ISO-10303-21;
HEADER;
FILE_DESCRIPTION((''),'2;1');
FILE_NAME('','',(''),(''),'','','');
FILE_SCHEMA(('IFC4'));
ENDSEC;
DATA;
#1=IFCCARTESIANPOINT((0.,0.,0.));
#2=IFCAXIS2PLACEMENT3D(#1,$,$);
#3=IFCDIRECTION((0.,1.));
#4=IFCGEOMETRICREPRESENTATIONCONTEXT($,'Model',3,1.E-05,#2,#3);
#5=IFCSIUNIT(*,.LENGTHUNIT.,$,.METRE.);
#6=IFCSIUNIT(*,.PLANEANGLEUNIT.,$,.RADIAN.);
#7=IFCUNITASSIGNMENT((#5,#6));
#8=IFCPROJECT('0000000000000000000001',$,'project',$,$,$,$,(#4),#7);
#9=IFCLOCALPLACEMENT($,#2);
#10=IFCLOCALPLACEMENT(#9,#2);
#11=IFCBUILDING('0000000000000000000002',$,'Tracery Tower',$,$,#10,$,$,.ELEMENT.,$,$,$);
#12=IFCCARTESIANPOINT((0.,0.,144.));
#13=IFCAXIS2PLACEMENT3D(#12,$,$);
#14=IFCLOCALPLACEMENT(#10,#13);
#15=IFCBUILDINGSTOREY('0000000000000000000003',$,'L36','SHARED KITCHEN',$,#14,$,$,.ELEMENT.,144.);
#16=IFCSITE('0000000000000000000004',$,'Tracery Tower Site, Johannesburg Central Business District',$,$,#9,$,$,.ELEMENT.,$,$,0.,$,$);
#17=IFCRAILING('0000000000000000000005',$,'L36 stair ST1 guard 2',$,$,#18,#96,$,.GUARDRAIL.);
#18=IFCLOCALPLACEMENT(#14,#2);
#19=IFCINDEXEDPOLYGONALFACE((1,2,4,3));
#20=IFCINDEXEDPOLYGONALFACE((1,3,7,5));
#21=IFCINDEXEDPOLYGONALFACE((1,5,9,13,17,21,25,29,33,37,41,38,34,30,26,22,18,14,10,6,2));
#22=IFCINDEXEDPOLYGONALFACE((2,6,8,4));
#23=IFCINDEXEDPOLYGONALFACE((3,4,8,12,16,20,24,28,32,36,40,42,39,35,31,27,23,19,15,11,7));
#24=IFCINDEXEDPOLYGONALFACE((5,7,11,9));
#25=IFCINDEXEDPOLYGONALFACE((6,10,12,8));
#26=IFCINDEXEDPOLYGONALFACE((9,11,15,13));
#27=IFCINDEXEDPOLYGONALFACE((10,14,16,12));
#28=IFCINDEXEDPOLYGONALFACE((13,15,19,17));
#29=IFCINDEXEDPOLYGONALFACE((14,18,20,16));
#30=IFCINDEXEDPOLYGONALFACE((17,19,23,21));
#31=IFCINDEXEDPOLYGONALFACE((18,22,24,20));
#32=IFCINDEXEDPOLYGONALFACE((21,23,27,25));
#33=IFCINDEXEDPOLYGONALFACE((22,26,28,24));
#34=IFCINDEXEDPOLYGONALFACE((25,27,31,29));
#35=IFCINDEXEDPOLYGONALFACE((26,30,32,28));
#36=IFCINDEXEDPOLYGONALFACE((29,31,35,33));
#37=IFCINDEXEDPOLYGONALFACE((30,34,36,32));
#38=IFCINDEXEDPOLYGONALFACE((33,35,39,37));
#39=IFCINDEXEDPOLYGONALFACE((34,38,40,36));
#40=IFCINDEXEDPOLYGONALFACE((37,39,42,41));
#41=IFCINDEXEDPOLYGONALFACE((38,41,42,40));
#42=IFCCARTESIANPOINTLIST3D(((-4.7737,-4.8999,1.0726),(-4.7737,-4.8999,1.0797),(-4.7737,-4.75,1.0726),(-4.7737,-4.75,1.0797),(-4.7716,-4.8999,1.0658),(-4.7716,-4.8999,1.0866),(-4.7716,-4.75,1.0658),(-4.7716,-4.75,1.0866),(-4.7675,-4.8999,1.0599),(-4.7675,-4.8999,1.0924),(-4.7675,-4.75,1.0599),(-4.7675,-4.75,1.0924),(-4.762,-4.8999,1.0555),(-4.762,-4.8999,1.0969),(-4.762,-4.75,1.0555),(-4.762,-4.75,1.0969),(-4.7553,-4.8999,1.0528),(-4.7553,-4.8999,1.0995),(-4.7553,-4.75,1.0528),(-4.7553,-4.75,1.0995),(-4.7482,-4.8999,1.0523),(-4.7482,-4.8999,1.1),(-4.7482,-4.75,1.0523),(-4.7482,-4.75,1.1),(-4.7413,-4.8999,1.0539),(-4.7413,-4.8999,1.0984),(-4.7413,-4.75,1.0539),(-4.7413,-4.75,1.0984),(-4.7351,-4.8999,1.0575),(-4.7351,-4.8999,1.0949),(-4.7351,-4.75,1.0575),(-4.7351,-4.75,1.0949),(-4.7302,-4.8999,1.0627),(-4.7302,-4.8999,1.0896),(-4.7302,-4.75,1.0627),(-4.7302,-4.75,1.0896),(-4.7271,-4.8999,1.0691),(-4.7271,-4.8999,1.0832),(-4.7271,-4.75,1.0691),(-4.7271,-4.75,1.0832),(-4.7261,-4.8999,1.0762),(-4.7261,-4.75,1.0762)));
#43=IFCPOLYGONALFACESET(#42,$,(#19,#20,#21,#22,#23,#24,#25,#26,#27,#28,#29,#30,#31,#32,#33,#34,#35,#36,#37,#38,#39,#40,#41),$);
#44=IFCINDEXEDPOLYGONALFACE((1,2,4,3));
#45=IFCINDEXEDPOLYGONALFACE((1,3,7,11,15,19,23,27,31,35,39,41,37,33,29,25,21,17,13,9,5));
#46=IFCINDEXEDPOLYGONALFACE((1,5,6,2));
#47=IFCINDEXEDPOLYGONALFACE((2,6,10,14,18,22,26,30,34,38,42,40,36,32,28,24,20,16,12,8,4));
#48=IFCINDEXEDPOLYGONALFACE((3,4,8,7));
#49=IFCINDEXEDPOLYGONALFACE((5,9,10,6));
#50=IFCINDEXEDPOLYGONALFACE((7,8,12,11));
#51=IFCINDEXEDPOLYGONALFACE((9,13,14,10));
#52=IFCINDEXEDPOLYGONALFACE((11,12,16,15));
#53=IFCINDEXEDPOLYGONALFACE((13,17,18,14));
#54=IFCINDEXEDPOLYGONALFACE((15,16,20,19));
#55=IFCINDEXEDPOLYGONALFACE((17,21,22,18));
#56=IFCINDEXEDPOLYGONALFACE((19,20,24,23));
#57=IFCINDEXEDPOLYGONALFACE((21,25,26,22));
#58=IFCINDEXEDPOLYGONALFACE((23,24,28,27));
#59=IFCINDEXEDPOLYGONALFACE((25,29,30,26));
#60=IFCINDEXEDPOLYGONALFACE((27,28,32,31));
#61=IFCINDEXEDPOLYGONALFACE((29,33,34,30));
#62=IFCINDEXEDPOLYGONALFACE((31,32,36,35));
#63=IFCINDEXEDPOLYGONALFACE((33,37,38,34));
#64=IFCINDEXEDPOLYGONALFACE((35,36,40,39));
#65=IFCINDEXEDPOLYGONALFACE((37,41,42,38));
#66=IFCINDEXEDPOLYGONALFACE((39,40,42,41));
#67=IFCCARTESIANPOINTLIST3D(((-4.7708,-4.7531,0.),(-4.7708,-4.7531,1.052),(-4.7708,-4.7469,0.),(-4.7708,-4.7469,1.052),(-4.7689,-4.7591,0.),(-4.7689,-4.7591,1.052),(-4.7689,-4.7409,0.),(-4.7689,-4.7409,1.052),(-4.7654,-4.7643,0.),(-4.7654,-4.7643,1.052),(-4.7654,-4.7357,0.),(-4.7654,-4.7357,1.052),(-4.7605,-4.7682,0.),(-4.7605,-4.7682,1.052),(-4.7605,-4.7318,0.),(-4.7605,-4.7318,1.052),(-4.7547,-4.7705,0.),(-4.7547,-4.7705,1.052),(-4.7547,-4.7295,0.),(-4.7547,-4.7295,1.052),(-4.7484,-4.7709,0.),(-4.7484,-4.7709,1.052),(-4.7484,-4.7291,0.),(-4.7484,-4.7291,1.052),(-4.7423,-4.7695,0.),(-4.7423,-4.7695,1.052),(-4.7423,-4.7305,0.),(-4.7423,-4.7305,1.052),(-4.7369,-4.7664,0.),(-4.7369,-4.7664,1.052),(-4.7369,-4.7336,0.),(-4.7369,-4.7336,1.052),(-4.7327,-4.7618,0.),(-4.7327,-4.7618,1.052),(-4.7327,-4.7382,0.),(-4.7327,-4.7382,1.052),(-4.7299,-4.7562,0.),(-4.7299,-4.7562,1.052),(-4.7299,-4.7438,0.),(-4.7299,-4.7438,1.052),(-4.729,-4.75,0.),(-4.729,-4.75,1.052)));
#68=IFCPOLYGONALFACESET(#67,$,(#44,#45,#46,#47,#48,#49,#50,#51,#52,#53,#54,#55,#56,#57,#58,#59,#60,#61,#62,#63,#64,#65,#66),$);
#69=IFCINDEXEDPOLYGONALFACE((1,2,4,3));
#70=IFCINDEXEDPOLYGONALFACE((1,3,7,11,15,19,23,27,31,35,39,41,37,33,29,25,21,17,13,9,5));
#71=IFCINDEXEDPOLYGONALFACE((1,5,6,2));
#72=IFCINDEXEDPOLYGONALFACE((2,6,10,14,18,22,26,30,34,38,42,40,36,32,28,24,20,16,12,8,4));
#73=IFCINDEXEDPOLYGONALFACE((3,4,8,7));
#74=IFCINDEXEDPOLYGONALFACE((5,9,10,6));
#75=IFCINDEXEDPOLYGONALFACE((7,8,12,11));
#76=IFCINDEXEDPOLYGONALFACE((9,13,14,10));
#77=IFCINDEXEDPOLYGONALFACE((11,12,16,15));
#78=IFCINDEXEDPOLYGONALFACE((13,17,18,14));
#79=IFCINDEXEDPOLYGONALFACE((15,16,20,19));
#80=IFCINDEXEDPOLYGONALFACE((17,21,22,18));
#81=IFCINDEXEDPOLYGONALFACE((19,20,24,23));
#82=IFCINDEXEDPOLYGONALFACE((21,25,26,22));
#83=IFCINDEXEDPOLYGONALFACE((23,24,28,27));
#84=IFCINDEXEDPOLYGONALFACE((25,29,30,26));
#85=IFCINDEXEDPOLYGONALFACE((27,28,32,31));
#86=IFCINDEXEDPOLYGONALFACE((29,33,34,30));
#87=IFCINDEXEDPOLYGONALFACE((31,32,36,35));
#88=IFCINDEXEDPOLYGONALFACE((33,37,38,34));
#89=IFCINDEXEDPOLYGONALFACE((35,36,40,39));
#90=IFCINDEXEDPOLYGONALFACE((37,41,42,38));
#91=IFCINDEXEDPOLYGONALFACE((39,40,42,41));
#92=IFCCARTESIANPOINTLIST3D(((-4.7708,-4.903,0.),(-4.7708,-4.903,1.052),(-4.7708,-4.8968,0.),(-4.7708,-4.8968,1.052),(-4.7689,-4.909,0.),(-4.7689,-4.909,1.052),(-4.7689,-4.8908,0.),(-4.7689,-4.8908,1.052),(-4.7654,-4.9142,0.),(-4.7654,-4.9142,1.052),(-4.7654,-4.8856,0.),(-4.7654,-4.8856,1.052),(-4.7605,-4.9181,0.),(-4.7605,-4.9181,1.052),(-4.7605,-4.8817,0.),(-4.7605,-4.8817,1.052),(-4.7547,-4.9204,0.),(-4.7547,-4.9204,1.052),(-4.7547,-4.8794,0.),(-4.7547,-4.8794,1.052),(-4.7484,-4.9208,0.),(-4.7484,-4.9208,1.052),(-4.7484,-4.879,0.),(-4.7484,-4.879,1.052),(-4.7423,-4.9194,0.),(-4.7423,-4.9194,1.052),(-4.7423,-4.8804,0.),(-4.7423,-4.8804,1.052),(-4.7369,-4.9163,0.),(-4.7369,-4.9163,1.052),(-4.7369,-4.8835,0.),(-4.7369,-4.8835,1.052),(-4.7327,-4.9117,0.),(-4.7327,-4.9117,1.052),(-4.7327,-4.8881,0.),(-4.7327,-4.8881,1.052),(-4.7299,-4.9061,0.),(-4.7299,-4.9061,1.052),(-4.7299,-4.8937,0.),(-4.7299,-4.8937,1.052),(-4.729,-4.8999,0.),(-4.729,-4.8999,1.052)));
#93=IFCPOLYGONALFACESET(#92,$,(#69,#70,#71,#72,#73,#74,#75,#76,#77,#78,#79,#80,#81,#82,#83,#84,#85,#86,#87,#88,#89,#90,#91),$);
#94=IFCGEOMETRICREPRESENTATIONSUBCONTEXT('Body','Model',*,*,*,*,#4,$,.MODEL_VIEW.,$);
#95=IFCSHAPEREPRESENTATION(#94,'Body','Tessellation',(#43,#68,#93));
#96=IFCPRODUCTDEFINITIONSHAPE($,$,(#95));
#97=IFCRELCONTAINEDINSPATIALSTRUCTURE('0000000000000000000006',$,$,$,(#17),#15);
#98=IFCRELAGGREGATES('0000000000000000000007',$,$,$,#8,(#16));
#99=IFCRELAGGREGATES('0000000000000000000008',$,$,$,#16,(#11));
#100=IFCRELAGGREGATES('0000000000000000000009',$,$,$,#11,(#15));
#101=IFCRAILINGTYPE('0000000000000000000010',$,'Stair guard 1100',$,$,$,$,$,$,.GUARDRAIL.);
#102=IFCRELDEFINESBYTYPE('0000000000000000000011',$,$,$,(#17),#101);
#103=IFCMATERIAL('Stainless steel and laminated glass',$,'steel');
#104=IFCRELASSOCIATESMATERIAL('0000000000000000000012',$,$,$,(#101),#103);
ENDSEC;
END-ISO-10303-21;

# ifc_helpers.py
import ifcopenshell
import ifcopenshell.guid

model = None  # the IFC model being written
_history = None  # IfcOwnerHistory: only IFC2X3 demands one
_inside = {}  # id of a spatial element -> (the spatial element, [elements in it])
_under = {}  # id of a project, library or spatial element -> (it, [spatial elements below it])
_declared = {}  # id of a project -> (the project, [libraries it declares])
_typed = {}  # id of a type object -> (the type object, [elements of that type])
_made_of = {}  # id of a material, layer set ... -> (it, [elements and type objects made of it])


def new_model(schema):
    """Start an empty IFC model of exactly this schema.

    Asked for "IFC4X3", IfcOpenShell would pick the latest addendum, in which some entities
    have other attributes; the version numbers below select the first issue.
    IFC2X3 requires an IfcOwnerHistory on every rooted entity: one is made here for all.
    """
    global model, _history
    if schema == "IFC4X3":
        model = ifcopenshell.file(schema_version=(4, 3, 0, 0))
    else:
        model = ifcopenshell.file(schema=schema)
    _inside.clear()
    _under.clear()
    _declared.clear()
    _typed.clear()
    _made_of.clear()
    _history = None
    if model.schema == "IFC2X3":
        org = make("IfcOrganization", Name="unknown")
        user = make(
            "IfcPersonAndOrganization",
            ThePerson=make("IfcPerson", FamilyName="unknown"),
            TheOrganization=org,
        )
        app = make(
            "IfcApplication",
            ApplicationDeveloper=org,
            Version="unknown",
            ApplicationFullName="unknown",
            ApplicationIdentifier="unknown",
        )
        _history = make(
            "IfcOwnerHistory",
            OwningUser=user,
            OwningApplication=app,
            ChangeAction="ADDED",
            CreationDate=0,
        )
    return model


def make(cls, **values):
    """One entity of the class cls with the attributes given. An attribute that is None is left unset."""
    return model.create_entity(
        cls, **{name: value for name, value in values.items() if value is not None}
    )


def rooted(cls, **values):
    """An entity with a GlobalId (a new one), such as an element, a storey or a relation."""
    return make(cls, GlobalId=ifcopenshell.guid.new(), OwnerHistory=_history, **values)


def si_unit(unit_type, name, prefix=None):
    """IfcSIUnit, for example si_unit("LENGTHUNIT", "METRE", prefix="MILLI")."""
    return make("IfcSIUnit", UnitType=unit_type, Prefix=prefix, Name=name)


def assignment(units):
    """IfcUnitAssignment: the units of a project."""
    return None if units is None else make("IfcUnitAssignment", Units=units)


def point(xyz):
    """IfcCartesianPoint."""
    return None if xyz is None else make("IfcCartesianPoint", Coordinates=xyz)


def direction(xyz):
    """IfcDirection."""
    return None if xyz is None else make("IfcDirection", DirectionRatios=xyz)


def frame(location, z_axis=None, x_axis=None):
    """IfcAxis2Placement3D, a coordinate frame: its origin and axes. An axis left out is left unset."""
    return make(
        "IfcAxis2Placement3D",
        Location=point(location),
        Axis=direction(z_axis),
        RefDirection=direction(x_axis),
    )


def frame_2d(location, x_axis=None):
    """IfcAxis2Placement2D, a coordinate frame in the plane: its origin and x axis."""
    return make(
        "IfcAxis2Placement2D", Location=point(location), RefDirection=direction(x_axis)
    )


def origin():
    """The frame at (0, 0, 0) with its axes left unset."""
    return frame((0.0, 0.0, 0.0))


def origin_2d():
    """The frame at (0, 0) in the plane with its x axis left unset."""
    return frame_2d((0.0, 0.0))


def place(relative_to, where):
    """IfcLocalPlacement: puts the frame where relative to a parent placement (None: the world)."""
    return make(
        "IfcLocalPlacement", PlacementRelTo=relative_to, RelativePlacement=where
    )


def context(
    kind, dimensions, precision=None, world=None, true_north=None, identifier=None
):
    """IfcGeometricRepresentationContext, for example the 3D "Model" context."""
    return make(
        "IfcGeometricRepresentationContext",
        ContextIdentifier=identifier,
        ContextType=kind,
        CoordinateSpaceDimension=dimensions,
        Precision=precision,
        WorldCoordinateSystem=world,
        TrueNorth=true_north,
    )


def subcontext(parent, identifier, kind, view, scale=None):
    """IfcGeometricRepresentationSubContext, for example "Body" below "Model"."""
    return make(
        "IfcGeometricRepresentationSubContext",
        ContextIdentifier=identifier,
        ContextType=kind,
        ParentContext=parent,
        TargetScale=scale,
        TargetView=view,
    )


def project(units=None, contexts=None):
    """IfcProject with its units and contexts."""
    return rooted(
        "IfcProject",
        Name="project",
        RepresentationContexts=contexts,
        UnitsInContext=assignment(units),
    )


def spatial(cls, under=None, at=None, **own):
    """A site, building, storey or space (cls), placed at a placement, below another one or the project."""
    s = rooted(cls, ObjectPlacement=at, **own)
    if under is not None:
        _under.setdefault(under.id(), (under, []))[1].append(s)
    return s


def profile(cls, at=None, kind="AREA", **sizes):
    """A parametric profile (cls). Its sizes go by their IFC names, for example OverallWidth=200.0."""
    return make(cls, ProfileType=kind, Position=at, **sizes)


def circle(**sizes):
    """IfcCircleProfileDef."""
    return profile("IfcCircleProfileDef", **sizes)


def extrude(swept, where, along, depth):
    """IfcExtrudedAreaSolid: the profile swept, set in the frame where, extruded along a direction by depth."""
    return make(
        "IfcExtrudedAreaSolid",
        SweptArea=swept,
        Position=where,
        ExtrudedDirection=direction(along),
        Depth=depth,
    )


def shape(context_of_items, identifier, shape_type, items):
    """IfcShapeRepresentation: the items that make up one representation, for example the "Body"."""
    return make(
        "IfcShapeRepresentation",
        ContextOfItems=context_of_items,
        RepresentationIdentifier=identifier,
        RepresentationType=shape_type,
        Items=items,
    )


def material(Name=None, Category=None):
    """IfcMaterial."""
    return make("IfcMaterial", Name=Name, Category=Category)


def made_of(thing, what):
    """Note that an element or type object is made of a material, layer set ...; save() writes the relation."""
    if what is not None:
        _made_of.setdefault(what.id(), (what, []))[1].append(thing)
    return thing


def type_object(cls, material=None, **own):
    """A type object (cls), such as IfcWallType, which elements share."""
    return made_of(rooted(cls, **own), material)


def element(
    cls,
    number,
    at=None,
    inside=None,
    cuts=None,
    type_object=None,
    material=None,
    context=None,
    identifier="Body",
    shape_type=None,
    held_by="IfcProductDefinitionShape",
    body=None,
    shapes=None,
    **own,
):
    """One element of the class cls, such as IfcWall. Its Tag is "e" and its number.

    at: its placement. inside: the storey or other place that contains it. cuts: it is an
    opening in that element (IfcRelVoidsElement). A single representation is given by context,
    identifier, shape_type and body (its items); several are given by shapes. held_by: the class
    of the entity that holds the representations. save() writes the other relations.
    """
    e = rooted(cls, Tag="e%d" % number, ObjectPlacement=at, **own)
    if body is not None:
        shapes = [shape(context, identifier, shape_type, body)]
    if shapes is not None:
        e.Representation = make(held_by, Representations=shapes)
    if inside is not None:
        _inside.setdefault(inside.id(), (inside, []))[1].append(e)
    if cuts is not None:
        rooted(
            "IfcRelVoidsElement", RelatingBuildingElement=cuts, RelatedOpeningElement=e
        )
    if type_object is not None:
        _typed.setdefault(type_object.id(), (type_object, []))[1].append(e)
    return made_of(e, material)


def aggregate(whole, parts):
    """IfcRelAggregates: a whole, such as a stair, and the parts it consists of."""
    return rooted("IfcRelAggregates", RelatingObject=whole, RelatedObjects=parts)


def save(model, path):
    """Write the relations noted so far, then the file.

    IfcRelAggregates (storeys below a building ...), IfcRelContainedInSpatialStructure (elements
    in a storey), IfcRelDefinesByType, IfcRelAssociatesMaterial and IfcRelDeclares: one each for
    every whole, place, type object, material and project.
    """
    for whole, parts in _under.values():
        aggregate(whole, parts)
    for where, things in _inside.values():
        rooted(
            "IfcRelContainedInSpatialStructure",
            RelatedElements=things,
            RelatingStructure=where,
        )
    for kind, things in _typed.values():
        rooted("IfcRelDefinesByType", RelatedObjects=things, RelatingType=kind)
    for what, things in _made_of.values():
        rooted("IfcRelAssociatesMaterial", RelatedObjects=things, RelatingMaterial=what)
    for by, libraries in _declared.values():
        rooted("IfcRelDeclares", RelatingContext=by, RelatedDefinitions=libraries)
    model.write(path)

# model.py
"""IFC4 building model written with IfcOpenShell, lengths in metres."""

from ifc_helpers import new_model, si_unit, direction, frame, origin, origin_2d, place, context, subcontext, project, spatial, circle, extrude, material, type_object, element, save


model = new_model("IFC4")

# Units and contexts
model_context = context("Model", 3, precision=1e-05, world=origin(), true_north=direction((0.0, 1.0)))
body_context = subcontext(model_context, "Body", "Model", "MODEL_VIEW")
ifc_project = project(units=[si_unit("LENGTHUNIT", "METRE"), si_unit("PLANEANGLEUNIT", "RADIAN")], contexts=[model_context])

# Site, building, storey
site_placement = place(None, origin())
site = spatial("IfcSite", under=ifc_project, at=site_placement, Name="Tracery Tower Site, Johannesburg Central Business District", CompositionType="ELEMENT", RefElevation=0.0)
building_placement = place(site_placement, origin())
building = spatial("IfcBuilding", under=site, at=building_placement, Name="Tracery Tower", CompositionType="ELEMENT")
storey_placement = place(building_placement, frame((0.0, 0.0, 144.0)))
storey = spatial("IfcBuildingStorey", under=building, at=storey_placement, Name="L36", Description="SHARED KITCHEN", CompositionType="ELEMENT", Elevation=144.0)

# Railing
ifc_material_1 = material(Name="Stainless steel and laminated glass", Category="steel")
railing_type_1 = type_object("IfcRailingType", Name="Stair guard 1100", PredefinedType="GUARDRAIL", material=ifc_material_1)
railing_1_placement = place(storey_placement, frame((-4.75, -4.75, 0.0)))
element("IfcRailing", 1, at=railing_1_placement, inside=storey, type_object=railing_type_1, Name="L36 stair ST1 guard 2", PredefinedType="GUARDRAIL", context=body_context, shape_type="SweptSolid", body=[
    extrude(circle(Radius=0.0239, at=origin_2d()), frame((0.0, 0.0, 1.0762), z_axis=(0.0, -1.0, 0.0), x_axis=(1.0, 0.0, 0.0)), (0.0, 0.0, 1.0), 0.1499),
    extrude(circle(Radius=0.021, at=origin_2d()), origin(), (0.0, 0.0, 1.0), 1.052),
    extrude(circle(Radius=0.021, at=origin_2d()), frame((0.0, -0.1499, 0.0)), (0.0, 0.0, 1.0), 1.052),
])

save(model, "model.ifc")
